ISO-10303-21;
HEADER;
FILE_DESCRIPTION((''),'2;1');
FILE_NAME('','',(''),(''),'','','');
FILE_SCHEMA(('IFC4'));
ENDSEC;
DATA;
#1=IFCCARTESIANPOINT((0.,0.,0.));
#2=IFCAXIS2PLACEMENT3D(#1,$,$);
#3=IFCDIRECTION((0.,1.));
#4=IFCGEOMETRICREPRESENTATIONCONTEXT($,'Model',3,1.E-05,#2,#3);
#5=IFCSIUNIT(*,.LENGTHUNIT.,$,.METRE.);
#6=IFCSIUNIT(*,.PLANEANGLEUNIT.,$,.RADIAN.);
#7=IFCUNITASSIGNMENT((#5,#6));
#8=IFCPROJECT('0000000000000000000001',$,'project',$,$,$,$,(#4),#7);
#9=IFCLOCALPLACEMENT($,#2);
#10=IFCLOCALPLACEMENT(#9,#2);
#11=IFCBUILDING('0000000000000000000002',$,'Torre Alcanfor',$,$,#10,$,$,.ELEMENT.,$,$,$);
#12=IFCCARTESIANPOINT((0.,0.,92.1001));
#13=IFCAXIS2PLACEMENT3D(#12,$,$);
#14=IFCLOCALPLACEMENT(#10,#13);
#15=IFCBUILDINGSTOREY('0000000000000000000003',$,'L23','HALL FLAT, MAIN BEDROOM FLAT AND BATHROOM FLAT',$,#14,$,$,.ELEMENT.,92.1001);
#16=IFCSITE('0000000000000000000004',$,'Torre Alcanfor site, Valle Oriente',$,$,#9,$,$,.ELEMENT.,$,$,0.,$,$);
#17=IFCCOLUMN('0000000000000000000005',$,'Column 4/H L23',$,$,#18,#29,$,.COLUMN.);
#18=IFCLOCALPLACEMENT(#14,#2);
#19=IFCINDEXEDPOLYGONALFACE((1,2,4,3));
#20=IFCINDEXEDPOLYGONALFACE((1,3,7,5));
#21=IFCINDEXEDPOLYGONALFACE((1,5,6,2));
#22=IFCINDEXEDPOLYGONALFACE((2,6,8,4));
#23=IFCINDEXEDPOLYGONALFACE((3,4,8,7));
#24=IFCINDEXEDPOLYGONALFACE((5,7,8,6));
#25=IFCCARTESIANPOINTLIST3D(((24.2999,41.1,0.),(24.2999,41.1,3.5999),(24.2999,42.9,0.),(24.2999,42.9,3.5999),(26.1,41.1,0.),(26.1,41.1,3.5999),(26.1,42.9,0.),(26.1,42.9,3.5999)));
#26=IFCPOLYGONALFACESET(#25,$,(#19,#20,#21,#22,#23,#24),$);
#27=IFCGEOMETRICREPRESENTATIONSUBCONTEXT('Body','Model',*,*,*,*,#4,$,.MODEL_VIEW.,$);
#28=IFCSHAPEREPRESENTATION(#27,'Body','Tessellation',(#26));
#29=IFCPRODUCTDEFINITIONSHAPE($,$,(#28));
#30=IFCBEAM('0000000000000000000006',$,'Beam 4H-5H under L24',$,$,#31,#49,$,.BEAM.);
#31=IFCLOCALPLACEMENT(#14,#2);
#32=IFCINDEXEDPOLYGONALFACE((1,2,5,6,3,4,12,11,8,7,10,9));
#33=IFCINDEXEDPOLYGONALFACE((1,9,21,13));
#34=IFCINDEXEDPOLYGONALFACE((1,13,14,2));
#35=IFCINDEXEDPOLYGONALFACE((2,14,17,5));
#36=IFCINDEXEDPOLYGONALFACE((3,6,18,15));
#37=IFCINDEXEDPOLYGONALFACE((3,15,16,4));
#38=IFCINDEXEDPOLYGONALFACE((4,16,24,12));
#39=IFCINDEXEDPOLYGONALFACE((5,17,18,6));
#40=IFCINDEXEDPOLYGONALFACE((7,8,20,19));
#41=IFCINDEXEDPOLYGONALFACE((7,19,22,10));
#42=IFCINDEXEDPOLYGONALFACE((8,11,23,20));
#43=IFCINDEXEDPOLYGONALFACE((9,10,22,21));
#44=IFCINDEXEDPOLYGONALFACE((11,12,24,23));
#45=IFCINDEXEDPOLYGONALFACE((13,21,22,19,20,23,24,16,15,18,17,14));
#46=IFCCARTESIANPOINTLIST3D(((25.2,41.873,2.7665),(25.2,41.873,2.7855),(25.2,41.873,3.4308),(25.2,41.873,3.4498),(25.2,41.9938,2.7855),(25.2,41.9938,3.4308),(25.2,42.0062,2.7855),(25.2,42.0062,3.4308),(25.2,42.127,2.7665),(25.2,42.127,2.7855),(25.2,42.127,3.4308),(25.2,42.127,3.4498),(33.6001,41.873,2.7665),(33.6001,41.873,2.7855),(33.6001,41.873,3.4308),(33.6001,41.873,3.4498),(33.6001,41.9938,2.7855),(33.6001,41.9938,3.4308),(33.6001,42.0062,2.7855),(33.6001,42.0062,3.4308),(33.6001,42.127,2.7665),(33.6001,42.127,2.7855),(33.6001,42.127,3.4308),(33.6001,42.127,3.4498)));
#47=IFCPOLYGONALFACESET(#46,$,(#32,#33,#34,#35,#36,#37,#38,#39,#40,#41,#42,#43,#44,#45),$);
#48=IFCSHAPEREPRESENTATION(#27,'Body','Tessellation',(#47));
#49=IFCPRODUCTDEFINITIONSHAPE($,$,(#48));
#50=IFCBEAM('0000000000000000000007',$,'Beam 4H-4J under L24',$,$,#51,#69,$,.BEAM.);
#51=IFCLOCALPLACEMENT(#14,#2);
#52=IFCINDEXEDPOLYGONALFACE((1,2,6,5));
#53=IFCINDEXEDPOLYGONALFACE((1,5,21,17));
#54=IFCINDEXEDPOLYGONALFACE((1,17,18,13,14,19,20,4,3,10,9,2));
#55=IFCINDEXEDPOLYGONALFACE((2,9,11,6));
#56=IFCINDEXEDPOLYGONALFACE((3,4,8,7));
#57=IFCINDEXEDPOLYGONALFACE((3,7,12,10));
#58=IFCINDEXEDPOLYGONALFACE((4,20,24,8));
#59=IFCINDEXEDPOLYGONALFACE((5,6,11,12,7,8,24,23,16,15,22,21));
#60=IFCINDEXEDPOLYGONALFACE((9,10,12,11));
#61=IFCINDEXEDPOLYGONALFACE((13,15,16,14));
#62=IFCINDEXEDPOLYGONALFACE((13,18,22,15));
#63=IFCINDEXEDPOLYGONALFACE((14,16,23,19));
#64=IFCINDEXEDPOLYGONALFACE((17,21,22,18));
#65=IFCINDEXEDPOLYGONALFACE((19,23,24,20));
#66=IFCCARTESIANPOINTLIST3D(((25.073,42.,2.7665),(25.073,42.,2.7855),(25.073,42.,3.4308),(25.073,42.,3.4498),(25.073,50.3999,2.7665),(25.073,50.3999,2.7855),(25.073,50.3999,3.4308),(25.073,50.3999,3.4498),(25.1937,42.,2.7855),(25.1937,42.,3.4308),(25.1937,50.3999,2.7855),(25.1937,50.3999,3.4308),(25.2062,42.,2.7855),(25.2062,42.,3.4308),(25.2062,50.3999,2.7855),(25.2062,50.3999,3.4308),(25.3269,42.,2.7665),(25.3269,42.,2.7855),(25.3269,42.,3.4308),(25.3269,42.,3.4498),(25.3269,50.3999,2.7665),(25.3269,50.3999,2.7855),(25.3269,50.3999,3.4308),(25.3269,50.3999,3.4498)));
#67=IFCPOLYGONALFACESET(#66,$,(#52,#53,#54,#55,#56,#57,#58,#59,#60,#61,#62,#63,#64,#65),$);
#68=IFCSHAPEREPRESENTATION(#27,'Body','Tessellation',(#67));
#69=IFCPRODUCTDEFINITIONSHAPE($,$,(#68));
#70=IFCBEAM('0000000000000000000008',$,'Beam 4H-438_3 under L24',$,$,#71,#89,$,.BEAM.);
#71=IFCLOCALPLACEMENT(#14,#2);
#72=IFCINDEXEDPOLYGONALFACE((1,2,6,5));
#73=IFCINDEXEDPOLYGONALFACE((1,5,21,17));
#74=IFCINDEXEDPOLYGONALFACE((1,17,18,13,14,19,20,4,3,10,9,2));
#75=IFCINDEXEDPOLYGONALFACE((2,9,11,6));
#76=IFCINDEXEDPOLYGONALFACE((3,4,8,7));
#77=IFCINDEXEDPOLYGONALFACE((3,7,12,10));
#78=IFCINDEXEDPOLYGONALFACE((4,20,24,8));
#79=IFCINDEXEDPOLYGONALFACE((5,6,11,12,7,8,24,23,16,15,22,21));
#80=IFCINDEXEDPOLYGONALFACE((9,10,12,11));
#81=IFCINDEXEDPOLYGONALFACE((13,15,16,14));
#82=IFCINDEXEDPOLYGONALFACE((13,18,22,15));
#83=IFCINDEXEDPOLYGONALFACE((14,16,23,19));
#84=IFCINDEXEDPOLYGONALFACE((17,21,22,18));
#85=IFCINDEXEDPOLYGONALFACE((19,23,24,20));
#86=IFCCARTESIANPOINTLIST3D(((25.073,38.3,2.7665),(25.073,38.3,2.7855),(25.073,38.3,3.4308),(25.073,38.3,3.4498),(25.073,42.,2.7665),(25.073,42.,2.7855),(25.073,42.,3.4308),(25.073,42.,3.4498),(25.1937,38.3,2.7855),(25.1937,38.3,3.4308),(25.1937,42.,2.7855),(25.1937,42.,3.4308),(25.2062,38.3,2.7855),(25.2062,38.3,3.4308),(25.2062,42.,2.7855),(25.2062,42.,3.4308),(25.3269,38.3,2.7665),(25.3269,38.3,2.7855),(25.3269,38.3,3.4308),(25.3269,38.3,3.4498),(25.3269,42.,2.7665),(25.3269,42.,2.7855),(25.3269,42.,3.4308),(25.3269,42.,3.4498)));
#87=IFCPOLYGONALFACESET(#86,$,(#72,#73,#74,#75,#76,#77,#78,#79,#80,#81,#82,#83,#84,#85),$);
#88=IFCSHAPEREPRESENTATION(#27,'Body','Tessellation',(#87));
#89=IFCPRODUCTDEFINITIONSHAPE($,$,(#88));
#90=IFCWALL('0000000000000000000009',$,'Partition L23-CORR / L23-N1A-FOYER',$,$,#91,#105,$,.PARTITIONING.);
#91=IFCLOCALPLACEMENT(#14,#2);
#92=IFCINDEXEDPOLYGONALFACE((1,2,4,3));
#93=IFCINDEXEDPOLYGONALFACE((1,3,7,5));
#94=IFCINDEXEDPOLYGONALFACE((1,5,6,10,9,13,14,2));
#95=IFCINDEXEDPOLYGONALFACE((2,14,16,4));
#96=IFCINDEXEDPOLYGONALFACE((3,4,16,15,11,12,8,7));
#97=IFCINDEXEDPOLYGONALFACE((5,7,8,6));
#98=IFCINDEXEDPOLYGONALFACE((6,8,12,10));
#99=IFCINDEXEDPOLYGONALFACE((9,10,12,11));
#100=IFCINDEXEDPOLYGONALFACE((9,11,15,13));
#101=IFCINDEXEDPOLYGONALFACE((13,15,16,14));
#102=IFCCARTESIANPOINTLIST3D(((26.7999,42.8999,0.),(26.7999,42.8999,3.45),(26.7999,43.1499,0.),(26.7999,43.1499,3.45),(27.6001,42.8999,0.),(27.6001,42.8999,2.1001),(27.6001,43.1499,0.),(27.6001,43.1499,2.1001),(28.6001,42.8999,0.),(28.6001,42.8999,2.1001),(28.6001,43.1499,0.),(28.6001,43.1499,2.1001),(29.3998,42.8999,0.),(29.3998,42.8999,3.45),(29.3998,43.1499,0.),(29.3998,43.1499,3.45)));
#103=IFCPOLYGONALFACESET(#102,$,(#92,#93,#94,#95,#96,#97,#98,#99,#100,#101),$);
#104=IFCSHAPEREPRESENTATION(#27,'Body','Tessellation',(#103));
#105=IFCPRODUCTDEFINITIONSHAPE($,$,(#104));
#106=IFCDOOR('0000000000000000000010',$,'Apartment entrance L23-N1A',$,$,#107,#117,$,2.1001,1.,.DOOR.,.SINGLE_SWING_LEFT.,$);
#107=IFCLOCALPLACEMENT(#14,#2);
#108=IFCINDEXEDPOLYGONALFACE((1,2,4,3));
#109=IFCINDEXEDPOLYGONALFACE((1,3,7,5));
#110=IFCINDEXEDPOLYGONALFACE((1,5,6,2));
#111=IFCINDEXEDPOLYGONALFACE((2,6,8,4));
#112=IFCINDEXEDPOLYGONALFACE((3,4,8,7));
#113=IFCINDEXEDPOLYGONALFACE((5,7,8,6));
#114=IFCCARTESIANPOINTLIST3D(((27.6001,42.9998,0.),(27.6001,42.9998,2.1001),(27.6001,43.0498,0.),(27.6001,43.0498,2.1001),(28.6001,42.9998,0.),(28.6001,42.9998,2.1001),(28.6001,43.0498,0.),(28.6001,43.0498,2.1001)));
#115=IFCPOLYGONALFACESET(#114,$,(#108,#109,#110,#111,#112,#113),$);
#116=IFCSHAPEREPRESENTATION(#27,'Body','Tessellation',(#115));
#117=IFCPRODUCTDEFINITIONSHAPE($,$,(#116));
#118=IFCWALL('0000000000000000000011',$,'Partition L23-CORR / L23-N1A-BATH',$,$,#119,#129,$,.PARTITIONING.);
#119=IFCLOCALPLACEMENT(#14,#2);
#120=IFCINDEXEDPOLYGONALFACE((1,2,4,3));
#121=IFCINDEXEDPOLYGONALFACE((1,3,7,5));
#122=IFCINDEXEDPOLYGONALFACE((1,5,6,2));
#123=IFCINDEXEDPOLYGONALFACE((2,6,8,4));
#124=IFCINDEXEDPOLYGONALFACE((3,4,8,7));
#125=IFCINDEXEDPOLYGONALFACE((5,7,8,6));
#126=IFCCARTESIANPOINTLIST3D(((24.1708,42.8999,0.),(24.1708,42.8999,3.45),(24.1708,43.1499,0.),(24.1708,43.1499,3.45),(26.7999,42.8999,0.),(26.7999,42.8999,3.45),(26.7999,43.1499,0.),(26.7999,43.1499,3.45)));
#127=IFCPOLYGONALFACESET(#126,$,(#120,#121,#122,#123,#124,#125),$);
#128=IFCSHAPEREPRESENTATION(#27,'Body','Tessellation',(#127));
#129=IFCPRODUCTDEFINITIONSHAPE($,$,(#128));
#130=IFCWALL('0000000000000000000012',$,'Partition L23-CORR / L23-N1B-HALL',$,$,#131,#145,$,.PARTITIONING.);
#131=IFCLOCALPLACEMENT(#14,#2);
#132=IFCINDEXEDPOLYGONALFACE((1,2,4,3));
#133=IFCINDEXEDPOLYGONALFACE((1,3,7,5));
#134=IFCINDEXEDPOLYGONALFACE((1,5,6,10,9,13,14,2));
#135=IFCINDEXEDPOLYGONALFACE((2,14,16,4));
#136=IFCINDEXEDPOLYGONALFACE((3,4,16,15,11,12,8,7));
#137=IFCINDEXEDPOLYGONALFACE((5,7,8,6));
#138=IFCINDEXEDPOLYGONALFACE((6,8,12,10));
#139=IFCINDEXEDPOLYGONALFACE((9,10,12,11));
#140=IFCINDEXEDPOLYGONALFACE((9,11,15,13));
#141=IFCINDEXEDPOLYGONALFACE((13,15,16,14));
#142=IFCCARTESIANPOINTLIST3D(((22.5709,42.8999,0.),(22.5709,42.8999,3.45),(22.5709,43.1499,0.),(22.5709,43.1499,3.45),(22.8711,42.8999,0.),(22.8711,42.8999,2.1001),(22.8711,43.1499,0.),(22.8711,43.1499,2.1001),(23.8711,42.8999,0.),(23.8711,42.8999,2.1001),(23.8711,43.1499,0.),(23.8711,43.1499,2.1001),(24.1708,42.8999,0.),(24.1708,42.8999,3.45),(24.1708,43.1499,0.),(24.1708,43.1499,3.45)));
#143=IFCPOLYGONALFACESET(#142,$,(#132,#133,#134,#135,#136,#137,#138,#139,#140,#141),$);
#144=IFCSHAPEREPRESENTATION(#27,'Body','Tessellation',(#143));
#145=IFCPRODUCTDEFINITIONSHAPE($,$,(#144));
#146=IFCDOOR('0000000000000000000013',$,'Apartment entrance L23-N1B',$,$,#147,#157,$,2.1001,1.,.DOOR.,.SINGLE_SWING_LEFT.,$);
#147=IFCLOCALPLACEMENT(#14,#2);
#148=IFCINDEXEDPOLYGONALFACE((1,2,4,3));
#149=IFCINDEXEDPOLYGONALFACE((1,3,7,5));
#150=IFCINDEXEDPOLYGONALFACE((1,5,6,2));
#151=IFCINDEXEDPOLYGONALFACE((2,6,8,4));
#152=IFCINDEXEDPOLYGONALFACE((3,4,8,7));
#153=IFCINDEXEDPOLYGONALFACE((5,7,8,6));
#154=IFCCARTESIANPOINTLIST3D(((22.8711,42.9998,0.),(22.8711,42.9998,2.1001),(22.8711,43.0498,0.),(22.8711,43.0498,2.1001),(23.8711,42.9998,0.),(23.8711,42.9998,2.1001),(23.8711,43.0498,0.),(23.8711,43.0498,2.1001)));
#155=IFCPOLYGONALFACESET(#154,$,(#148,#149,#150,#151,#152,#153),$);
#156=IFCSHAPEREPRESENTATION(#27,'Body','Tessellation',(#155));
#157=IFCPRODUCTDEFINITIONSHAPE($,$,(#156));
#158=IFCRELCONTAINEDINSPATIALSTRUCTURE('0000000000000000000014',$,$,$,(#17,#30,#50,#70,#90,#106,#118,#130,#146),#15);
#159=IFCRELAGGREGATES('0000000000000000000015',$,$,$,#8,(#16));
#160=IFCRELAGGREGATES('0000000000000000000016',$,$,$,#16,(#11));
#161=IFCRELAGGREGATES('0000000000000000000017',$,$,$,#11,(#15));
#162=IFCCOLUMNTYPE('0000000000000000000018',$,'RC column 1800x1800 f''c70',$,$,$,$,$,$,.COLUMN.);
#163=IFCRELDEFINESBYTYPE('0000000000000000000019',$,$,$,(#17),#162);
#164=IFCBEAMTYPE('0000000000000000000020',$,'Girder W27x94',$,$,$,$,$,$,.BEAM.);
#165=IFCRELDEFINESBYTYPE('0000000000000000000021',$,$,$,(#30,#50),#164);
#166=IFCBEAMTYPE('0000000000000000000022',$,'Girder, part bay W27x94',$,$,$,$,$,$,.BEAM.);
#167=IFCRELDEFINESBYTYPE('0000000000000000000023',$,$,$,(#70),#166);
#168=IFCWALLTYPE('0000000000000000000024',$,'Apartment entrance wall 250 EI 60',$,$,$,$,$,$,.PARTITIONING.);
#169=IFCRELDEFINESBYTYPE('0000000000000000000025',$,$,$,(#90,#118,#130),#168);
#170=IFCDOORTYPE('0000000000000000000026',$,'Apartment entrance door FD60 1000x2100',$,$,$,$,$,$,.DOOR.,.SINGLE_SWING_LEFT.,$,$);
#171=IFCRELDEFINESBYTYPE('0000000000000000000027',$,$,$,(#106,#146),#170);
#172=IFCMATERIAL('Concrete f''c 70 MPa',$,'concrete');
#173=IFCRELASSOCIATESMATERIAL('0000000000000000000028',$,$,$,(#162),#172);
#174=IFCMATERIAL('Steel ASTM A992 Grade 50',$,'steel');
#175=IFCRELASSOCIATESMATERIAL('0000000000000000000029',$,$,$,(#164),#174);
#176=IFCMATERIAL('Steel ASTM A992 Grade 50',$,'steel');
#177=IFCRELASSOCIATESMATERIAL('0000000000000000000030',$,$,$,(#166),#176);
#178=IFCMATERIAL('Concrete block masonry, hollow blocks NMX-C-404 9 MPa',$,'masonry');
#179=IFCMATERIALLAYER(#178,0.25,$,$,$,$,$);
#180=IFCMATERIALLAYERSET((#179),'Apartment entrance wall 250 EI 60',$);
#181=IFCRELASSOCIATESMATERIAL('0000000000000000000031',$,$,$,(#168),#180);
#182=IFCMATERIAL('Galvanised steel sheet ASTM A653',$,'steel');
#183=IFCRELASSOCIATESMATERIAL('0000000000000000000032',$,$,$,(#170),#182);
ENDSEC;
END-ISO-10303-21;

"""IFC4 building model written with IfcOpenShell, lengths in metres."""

from ifc_helpers import new_model, si_unit, direction, frame, frame_2d, origin, origin_2d, place, context, subcontext, project, spatial, rectangle, i_section, extrude, material, layer, layer_set, material_profile, profile_set, type_object, element, fill, save


model = new_model("IFC4")

# Units and contexts
model_context = context("Model", 3, precision=1e-05, world=origin(), true_north=direction((0.0, 1.0)))
body_context = subcontext(model_context, "Body", "Model", "MODEL_VIEW")
ifc_project = project(units=[si_unit("LENGTHUNIT", "METRE"), si_unit("PLANEANGLEUNIT", "RADIAN")], contexts=[model_context])

# Site, building, storey
site_placement = place(None, origin())
site = spatial("IfcSite", under=ifc_project, at=site_placement, Name="Torre Alcanfor site, Valle Oriente", CompositionType="ELEMENT", RefElevation=0.0)
building_placement = place(site_placement, origin())
building = spatial("IfcBuilding", under=site, at=building_placement, Name="Torre Alcanfor", CompositionType="ELEMENT")
storey_placement = place(building_placement, frame((0.0, 0.0, 92.1001)))
storey = spatial("IfcBuildingStorey", under=building, at=storey_placement, Name="L23", Description="HALL FLAT, MAIN BEDROOM FLAT AND BATHROOM FLAT", CompositionType="ELEMENT", Elevation=92.1001)

# Column
ifc_material_1 = material(Name="Concrete f'c 70 MPa", Category="concrete")
ifc_material_profile_1 = material_profile(ifc_material_1, rectangle(XDim=1.8, YDim=1.8, at=origin_2d()), Name="1800x1800")
ifc_profile_set_1 = profile_set([ifc_material_profile_1], Name="Concrete f'c 70 MPa")
column_type = type_object("IfcColumnType", Name="RC column 1800x1800 f'c70", PredefinedType="COLUMN", material=ifc_profile_set_1)
column_placement = place(storey_placement, frame((25.2, 42.0, 0.0), z_axis=(0.0, 0.0, 1.0), x_axis=(1.0, 0.0, 0.0)))
element("IfcColumn", 1, at=column_placement, inside=storey, type_object=column_type, Name="Column 4/H L23", PredefinedType="COLUMN", context=body_context, shape_type="SweptSolid", body=[
    extrude(rectangle(XDim=1.8, YDim=1.8, at=origin_2d()), origin(), (0.0, 0.0, 1.0), 3.5999),
])

# Beams
ifc_material_2 = material(Name="Steel ASTM A992 Grade 50", Category="steel")
ifc_material_profile_2 = material_profile(ifc_material_2, i_section(OverallWidth=0.2539, OverallDepth=0.6833, WebThickness=0.0125, FlangeThickness=0.019, at=origin_2d()), Name="W27x94")
ifc_profile_set_2 = profile_set([ifc_material_profile_2], Name="Steel ASTM A992 Grade 50")
beam_type_1 = type_object("IfcBeamType", Name="Girder W27x94", PredefinedType="BEAM", material=ifc_profile_set_2)
beam_1_placement = place(storey_placement, frame((25.2, 42.0, 3.1082), z_axis=(1.0, 0.0, 0.0), x_axis=(0.0, 1.0, 0.0)))
element("IfcBeam", 2, at=beam_1_placement, inside=storey, type_object=beam_type_1, Name="Beam 4H-5H under L24", PredefinedType="BEAM", context=body_context, shape_type="SweptSolid", body=[
    extrude(i_section(OverallWidth=0.2539, OverallDepth=0.6833, WebThickness=0.0125, FlangeThickness=0.019, at=origin_2d()), origin(), (0.0, 0.0, 1.0), 8.4001),
])
beam_2_placement = place(storey_placement, frame((25.2, 42.0, 3.1082), z_axis=(0.0, 1.0, 0.0), x_axis=(-1.0, 0.0, 0.0)))
element("IfcBeam", 3, at=beam_2_placement, inside=storey, type_object=beam_type_1, Name="Beam 4H-4J under L24", PredefinedType="BEAM", context=body_context, shape_type="SweptSolid", body=[
    extrude(i_section(OverallWidth=0.2539, OverallDepth=0.6833, WebThickness=0.0125, FlangeThickness=0.019, at=origin_2d()), origin(), (0.0, 0.0, 1.0), 8.3999),
])
ifc_material_3 = material(Name="Steel ASTM A992 Grade 50", Category="steel")
ifc_material_profile_3 = material_profile(ifc_material_3, i_section(OverallWidth=0.2539, OverallDepth=0.6833, WebThickness=0.0125, FlangeThickness=0.019, at=origin_2d()), Name="W27x94")
ifc_profile_set_3 = profile_set([ifc_material_profile_3], Name="Steel ASTM A992 Grade 50")
beam_type_2 = type_object("IfcBeamType", Name="Girder, part bay W27x94", PredefinedType="BEAM", material=ifc_profile_set_3)
beam_3_placement = place(storey_placement, frame((25.2, 42.0, 3.1082), z_axis=(0.0, -1.0, 0.0), x_axis=(1.0, 0.0, 0.0)))
element("IfcBeam", 4, at=beam_3_placement, inside=storey, type_object=beam_type_2, Name="Beam 4H-438_3 under L24", PredefinedType="BEAM", context=body_context, shape_type="SweptSolid", body=[
    extrude(i_section(OverallWidth=0.2539, OverallDepth=0.6833, WebThickness=0.0125, FlangeThickness=0.019, at=origin_2d()), origin(), (0.0, 0.0, 1.0), 3.7),
])

# Wall, opening, door
ifc_material_4 = material(Name="Concrete block masonry, hollow blocks NMX-C-404 9 MPa", Category="masonry")
ifc_layer_1 = layer(ifc_material_4, 0.25)
ifc_layer_set_1 = layer_set([ifc_layer_1], Name="Apartment entrance wall 250 EI 60")
wall_type_1 = type_object("IfcWallType", Name="Apartment entrance wall 250 EI 60", PredefinedType="PARTITIONING", material=ifc_layer_set_1)
wall_1_placement = place(storey_placement, frame((26.8, 43.0249, 0.0), z_axis=(0.0, 0.0, 1.0), x_axis=(1.0, 0.0, 0.0)))
wall_1 = element("IfcWall", 5, at=wall_1_placement, inside=storey, type_object=wall_type_1, Name="Partition L23-CORR / L23-N1A-FOYER", PredefinedType="PARTITIONING", context=body_context, shape_type="SweptSolid", body=[
    extrude(rectangle(XDim=2.5999, YDim=0.25, at=frame_2d((1.2998, 0.0))), origin(), (0.0, 0.0, 1.0), 3.45),
])
opening_1_placement = place(wall_1_placement, frame((0.8, 0.0, 0.0)))
opening_1 = element("IfcOpeningElement", 6, at=opening_1_placement, cuts=wall_1, PredefinedType="OPENING", context=body_context, shape_type="SweptSolid", body=[
    extrude(rectangle(XDim=1.0, YDim=2.1001, at=frame_2d((0.5, 1.05))), frame((0.0, 0.135, 0.0), z_axis=(0.0, -1.0, 0.0), x_axis=(1.0, 0.0, 0.0)), (0.0, 0.0, 1.0), 0.27),
])
ifc_material_5 = material(Name="Galvanised steel sheet ASTM A653", Category="steel")
door_type_1 = type_object("IfcDoorType", Name="Apartment entrance door FD60 1000x2100", OperationType="SINGLE_SWING_LEFT", PredefinedType="DOOR", material=ifc_material_5)
door_1_placement = place(opening_1_placement, origin())
door_1 = element("IfcDoor", 7, at=door_1_placement, inside=storey, type_object=door_type_1, Name="Apartment entrance L23-N1A", OperationType="SINGLE_SWING_LEFT", OverallHeight=2.1001, OverallWidth=1.0, PredefinedType="DOOR", context=body_context, shape_type="SweptSolid", body=[
    extrude(rectangle(XDim=1.0, YDim=2.1001, at=frame_2d((0.5, 1.05))), frame((0.0, 0.0249, 0.0), z_axis=(0.0, -1.0, 0.0), x_axis=(1.0, 0.0, 0.0)), (0.0, 0.0, 1.0), 0.05),
])
fill(opening_1, door_1)

# Wall
wall_2_placement = place(storey_placement, frame((24.1709, 43.0249, 0.0), z_axis=(0.0, 0.0, 1.0), x_axis=(1.0, 0.0, 0.0)))
element("IfcWall", 8, at=wall_2_placement, inside=storey, type_object=wall_type_1, Name="Partition L23-CORR / L23-N1A-BATH", PredefinedType="PARTITIONING", context=body_context, shape_type="SweptSolid", body=[
    extrude(rectangle(XDim=2.6292, YDim=0.25, at=frame_2d((1.3145, 0.0))), origin(), (0.0, 0.0, 1.0), 3.45),
])

# Wall, opening, door
wall_3_placement = place(storey_placement, frame((22.571, 43.0249, 0.0), z_axis=(0.0, 0.0, 1.0), x_axis=(1.0, 0.0, 0.0)))
wall_3 = element("IfcWall", 9, at=wall_3_placement, inside=storey, type_object=wall_type_1, Name="Partition L23-CORR / L23-N1B-HALL", PredefinedType="PARTITIONING", context=body_context, shape_type="SweptSolid", body=[
    extrude(rectangle(XDim=1.5999, YDim=0.25, at=frame_2d((0.7998, 0.0))), origin(), (0.0, 0.0, 1.0), 3.45),
])
opening_2_placement = place(wall_3_placement, frame((0.3, 0.0, 0.0)))
opening_2 = element("IfcOpeningElement", 10, at=opening_2_placement, cuts=wall_3, PredefinedType="OPENING", context=body_context, shape_type="SweptSolid", body=[
    extrude(rectangle(XDim=1.0, YDim=2.1001, at=frame_2d((0.5, 1.05))), frame((0.0, 0.135, 0.0), z_axis=(0.0, -1.0, 0.0), x_axis=(1.0, 0.0, 0.0)), (0.0, 0.0, 1.0), 0.27),
])
door_2_placement = place(opening_2_placement, origin())
door_2 = element("IfcDoor", 11, at=door_2_placement, inside=storey, type_object=door_type_1, Name="Apartment entrance L23-N1B", OperationType="SINGLE_SWING_LEFT", OverallHeight=2.1001, OverallWidth=1.0, PredefinedType="DOOR", context=body_context, shape_type="SweptSolid", body=[
    extrude(rectangle(XDim=1.0, YDim=2.1001, at=frame_2d((0.5, 1.05))), frame((0.0, 0.0249, 0.0), z_axis=(0.0, -1.0, 0.0), x_axis=(1.0, 0.0, 0.0)), (0.0, 0.0, 1.0), 0.05),
])
fill(opening_2, door_2)

save(model, "model.ifc")
